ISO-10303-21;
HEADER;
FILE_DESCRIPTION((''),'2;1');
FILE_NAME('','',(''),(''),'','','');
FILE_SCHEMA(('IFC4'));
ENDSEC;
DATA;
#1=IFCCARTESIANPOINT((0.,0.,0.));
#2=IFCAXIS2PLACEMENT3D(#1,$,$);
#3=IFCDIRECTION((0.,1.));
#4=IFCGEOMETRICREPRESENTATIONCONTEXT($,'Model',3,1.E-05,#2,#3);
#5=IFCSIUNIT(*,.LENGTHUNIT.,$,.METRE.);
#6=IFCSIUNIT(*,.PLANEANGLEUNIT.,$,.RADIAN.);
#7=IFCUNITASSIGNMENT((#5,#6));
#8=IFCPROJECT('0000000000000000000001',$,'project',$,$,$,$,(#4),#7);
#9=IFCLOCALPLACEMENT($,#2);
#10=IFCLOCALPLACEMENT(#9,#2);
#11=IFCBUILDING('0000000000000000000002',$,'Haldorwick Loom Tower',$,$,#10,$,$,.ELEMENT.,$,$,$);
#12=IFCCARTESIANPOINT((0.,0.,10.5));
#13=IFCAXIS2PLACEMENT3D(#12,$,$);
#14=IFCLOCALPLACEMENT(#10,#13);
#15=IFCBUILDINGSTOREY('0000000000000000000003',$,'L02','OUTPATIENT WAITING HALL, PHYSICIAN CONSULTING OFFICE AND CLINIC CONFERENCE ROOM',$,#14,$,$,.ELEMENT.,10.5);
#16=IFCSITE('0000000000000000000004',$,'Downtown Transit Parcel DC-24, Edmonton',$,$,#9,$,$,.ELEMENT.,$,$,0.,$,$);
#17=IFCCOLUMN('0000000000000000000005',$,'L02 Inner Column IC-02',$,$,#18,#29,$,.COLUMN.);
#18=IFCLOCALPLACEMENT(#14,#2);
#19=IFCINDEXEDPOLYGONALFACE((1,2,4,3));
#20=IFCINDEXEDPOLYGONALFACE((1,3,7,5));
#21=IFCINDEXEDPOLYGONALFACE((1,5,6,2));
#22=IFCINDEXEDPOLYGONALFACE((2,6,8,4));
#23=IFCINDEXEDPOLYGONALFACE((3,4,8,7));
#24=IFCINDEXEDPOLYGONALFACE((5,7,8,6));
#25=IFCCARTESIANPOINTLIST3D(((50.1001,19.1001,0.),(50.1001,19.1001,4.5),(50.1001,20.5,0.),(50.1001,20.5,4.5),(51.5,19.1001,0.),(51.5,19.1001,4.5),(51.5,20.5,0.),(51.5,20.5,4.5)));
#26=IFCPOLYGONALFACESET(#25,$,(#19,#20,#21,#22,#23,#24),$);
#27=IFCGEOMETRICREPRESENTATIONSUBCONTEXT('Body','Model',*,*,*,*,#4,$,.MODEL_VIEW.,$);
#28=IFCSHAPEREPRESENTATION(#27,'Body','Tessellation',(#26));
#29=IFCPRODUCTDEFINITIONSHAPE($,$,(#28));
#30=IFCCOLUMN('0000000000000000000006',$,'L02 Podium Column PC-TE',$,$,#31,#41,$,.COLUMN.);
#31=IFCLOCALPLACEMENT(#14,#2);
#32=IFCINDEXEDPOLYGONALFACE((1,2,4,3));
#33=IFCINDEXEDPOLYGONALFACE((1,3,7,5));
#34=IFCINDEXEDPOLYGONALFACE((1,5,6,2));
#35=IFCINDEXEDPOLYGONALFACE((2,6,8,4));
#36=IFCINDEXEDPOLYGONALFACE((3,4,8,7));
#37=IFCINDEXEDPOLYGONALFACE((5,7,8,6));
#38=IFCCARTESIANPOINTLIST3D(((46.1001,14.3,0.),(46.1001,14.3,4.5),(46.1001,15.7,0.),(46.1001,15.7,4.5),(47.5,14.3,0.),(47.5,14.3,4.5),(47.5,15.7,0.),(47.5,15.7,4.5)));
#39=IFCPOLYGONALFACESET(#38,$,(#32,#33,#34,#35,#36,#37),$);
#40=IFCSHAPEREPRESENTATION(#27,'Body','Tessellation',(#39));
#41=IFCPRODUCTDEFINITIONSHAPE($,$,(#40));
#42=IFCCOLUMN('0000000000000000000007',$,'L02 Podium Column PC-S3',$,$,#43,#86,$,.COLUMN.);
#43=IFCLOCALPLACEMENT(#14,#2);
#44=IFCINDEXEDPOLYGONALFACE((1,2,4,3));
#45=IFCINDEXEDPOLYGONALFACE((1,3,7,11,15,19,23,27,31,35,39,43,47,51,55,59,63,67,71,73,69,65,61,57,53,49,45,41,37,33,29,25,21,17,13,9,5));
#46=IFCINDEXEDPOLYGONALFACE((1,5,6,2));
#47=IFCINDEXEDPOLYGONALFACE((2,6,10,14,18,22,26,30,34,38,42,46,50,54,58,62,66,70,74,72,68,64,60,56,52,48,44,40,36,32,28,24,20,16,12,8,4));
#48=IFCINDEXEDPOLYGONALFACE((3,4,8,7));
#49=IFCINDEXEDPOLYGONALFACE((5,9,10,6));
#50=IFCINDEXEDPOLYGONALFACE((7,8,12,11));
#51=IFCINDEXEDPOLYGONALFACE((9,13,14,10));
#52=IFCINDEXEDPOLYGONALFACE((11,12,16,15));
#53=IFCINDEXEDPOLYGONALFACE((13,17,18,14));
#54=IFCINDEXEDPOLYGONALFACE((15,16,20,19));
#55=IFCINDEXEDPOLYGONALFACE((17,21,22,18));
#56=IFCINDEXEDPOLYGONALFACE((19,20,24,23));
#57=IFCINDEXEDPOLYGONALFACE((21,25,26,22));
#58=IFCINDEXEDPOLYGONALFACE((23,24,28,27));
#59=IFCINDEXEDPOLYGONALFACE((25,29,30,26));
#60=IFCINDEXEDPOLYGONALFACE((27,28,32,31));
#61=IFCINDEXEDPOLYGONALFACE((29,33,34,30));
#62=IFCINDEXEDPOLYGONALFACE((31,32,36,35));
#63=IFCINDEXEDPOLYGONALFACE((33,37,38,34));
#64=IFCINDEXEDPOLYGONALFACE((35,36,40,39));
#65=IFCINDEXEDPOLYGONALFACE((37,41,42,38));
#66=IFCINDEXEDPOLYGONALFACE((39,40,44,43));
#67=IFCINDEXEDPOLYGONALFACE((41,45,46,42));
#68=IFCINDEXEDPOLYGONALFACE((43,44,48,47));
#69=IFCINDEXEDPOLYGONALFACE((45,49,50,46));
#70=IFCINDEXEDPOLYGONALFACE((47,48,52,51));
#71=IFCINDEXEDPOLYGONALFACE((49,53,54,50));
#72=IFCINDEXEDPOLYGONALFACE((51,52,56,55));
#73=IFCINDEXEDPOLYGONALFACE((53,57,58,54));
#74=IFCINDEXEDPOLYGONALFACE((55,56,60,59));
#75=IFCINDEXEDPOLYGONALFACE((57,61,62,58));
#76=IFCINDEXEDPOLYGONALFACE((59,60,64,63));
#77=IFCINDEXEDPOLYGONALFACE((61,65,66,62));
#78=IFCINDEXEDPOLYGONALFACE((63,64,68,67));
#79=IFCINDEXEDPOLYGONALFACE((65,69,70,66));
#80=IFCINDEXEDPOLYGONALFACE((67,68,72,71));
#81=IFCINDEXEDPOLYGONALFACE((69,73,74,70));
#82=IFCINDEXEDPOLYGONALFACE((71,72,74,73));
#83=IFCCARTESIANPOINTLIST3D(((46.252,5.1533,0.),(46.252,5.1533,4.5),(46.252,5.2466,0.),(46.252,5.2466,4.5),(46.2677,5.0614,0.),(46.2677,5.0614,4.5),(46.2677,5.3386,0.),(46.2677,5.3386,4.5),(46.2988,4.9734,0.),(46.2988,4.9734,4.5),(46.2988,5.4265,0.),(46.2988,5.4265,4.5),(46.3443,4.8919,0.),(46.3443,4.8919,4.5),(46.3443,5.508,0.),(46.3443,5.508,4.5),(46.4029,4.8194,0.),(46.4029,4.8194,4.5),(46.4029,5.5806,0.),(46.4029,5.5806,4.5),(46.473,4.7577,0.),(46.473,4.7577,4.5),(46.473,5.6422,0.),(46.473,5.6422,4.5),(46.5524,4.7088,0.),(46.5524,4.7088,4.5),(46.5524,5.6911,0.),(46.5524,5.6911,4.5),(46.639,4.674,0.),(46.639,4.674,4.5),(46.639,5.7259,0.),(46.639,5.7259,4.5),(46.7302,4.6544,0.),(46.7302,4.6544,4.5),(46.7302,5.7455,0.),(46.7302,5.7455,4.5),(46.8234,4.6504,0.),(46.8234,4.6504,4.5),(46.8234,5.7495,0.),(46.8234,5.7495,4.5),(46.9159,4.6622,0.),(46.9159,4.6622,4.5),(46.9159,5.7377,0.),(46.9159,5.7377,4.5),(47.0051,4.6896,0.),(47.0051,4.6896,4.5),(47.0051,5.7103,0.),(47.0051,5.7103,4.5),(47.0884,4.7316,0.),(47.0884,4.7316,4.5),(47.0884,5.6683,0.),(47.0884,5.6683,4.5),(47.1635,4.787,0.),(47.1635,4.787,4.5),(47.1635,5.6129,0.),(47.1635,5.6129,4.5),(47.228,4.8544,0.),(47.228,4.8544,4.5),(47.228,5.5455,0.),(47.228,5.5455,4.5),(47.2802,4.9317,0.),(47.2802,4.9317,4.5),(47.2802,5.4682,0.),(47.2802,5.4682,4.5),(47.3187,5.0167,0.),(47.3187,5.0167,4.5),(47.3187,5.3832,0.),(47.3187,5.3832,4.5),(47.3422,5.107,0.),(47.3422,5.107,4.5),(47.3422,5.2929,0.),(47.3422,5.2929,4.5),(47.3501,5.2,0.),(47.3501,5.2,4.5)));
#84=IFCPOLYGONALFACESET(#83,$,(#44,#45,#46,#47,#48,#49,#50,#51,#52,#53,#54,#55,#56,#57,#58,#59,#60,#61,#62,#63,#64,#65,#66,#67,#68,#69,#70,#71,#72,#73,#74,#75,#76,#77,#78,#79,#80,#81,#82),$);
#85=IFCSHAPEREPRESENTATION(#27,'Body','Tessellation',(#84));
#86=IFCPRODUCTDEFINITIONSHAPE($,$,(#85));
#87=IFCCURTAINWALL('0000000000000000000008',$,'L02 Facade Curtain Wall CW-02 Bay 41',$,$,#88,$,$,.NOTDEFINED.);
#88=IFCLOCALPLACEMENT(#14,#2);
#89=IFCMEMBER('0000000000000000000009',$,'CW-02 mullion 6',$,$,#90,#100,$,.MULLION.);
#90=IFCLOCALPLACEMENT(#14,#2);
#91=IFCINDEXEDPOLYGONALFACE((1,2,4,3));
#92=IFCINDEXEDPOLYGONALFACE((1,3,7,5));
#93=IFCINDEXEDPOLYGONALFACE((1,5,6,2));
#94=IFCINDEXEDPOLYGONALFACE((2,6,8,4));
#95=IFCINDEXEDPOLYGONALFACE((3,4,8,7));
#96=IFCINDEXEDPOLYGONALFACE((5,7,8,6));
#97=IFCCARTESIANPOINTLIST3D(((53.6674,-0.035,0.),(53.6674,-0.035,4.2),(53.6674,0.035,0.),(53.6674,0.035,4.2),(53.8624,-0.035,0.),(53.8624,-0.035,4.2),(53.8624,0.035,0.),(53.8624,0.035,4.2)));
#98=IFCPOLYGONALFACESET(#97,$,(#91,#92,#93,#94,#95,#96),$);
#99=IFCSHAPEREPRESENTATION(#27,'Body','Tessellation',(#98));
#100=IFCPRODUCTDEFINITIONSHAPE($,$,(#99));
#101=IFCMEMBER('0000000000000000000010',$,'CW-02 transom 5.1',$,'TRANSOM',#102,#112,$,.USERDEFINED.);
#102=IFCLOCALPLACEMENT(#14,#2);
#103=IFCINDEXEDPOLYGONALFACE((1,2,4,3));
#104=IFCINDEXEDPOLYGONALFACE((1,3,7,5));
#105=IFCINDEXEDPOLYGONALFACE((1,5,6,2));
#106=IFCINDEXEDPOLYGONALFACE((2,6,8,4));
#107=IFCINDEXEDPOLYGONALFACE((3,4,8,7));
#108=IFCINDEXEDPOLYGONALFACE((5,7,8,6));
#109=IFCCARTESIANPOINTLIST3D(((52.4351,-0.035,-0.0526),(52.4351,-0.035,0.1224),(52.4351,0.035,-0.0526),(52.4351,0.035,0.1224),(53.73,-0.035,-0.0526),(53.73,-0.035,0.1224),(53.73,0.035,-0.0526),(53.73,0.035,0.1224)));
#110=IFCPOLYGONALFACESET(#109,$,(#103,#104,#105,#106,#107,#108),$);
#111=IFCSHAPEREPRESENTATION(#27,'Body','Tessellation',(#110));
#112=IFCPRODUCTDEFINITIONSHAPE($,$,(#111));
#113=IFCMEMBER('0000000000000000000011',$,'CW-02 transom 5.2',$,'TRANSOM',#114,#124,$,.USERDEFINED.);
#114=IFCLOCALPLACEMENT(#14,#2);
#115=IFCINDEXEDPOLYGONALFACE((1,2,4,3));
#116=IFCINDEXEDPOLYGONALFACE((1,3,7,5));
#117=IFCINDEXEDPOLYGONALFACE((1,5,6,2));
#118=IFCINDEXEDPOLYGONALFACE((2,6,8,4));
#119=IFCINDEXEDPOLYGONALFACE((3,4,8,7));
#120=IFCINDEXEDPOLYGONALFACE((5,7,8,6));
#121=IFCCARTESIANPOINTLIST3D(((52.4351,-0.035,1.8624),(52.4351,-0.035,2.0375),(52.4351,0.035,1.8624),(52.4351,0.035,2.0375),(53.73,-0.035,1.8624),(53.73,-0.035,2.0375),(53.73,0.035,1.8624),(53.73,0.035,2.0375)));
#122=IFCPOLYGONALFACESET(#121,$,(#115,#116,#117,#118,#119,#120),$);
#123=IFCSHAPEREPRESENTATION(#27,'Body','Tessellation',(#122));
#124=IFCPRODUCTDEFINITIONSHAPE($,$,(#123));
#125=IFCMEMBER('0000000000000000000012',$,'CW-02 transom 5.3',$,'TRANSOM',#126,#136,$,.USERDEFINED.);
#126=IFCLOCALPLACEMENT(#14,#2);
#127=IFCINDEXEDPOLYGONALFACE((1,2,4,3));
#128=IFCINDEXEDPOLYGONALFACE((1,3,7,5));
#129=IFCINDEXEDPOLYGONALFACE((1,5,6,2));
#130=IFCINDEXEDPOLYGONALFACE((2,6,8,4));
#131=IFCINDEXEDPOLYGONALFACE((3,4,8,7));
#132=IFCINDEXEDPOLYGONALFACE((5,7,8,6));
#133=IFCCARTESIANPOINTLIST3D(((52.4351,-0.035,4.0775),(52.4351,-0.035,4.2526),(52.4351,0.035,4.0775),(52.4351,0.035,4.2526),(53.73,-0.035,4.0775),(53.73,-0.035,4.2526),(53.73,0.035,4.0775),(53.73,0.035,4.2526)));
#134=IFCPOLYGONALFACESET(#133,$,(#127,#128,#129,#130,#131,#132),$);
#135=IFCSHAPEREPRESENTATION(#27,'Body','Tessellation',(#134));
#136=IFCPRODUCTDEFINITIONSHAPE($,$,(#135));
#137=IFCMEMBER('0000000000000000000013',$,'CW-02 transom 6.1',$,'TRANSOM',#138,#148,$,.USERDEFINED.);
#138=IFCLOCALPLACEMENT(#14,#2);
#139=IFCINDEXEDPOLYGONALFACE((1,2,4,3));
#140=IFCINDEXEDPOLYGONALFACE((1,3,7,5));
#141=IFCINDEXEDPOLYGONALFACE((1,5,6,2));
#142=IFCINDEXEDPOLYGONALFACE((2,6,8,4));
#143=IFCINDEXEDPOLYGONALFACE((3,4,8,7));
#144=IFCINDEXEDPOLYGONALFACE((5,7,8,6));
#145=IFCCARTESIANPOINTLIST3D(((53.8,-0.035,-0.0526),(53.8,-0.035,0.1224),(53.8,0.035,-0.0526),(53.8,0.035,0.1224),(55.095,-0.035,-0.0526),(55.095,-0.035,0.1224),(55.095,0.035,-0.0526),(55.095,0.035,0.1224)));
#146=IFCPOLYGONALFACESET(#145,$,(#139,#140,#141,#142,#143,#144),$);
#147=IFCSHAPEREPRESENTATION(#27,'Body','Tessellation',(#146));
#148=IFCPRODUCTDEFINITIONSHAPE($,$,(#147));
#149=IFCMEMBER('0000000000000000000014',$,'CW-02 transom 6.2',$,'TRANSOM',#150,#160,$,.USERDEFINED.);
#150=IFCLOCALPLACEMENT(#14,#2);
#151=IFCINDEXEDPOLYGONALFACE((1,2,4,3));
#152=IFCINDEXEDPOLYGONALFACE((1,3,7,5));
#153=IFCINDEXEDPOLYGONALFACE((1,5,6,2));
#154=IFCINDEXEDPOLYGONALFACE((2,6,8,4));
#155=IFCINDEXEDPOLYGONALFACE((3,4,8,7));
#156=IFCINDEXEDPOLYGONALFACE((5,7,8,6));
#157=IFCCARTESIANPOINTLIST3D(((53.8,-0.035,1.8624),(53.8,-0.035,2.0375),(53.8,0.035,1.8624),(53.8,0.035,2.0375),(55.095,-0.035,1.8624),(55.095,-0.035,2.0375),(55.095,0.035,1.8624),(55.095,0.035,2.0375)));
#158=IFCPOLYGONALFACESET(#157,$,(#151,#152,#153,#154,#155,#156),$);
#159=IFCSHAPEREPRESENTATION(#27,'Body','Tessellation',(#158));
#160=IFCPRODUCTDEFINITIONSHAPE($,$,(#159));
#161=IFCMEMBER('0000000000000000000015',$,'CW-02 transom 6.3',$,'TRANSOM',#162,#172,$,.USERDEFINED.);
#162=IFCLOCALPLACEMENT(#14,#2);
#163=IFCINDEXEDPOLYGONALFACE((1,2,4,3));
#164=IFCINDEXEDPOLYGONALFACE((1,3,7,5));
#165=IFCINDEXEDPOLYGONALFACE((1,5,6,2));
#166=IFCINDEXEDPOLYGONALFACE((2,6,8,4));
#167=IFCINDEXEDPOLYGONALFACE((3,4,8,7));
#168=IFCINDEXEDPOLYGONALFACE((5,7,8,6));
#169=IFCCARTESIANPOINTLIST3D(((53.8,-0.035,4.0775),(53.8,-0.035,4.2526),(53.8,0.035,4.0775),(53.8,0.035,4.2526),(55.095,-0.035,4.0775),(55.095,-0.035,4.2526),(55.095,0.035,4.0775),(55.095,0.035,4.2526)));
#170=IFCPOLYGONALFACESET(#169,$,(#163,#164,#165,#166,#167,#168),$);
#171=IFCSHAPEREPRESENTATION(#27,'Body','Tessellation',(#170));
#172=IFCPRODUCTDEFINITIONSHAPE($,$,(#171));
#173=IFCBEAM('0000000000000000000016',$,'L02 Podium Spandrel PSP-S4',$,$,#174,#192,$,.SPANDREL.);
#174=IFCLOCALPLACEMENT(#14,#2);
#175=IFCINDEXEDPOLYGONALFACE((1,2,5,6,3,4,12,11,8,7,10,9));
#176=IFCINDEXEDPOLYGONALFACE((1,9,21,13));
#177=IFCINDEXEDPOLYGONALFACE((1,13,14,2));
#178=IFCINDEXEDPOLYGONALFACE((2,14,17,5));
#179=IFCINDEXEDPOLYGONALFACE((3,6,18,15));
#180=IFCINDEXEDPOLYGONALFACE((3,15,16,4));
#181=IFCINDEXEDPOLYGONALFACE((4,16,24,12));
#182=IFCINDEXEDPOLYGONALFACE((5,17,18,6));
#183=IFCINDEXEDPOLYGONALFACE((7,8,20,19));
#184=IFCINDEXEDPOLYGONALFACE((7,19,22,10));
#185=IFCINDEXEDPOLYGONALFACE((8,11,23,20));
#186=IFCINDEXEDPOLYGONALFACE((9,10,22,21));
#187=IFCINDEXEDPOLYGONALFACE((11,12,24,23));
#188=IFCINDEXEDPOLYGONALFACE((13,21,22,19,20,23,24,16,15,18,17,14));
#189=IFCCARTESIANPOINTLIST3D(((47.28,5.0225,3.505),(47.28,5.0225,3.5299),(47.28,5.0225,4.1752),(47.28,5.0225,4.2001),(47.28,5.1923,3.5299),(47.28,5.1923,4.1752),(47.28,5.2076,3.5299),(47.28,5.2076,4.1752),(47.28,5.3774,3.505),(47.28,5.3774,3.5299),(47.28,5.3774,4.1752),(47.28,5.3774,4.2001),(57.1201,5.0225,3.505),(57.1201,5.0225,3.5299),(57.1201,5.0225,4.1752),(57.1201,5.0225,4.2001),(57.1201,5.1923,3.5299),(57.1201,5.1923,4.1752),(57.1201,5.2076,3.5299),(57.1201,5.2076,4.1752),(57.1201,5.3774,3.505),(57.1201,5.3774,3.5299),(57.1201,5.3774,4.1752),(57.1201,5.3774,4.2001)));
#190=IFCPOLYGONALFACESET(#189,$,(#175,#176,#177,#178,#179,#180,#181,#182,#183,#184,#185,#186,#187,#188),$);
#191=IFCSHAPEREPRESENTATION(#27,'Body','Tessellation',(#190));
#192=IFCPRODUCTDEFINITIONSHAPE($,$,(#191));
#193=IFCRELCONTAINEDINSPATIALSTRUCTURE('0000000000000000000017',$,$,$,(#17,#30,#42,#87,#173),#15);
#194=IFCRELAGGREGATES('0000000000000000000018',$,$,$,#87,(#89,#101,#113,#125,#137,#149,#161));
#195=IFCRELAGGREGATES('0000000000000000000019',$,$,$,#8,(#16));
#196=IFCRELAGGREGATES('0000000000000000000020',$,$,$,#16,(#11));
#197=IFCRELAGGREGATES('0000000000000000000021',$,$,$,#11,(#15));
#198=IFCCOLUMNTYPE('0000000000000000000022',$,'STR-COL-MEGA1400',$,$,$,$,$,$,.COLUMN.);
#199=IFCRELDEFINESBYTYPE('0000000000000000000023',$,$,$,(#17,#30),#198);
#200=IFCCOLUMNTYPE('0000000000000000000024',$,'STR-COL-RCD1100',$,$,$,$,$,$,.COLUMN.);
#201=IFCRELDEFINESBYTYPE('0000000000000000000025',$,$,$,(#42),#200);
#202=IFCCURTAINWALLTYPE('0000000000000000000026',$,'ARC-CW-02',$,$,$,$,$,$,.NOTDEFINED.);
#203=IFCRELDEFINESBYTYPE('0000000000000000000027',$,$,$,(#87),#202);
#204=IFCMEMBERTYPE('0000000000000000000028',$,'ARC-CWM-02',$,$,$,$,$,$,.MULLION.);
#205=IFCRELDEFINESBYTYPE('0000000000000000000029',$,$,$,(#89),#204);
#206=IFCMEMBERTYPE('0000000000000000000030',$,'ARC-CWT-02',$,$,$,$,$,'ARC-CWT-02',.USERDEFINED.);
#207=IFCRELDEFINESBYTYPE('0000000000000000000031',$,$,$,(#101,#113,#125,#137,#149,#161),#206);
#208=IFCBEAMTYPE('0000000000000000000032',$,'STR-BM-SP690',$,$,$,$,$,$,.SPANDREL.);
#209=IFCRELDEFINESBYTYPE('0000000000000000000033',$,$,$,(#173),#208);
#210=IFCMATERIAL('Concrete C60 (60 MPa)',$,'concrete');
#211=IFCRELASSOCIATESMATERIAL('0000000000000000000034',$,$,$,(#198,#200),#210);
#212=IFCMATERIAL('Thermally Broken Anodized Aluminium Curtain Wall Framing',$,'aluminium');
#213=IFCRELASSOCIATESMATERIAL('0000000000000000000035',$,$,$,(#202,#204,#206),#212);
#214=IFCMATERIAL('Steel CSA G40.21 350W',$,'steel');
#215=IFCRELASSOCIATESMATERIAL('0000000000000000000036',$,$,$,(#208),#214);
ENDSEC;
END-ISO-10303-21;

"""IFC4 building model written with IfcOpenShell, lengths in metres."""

from ifc_helpers import new_model, si_unit, direction, frame, origin, origin_2d, place, context, subcontext, project, spatial, rectangle, circle, i_section, extrude, material, material_profile, profile_set, type_object, element, aggregate, save


model = new_model("IFC4")

# Units and contexts
model_context = context("Model", 3, precision=1e-05, world=origin(), true_north=direction((0.0, 1.0)))
body_context = subcontext(model_context, "Body", "Model", "MODEL_VIEW")
ifc_project = project(units=[si_unit("LENGTHUNIT", "METRE"), si_unit("PLANEANGLEUNIT", "RADIAN")], contexts=[model_context])

# Site, building, storey
site_placement = place(None, origin())
site = spatial("IfcSite", under=ifc_project, at=site_placement, Name="Downtown Transit Parcel DC-24, Edmonton", CompositionType="ELEMENT", RefElevation=0.0)
building_placement = place(site_placement, origin())
building = spatial("IfcBuilding", under=site, at=building_placement, Name="Haldorwick Loom Tower", CompositionType="ELEMENT")
storey_placement = place(building_placement, frame((0.0, 0.0, 10.5)))
storey = spatial("IfcBuildingStorey", under=building, at=storey_placement, Name="L02", Description="OUTPATIENT WAITING HALL, PHYSICIAN CONSULTING OFFICE AND CLINIC CONFERENCE ROOM", CompositionType="ELEMENT", Elevation=10.5)

# Columns
ifc_material_1 = material(Name="Concrete C60 (60 MPa)", Category="concrete")
ifc_material_profile_1 = material_profile(ifc_material_1, rectangle(XDim=1.3999, YDim=1.3999, at=origin_2d()), Name="RC1400X1400", Category="concrete")
ifc_profile_set_1 = profile_set([ifc_material_profile_1], Name="Concrete C60 (60 MPa)")
column_type_1 = type_object("IfcColumnType", Name="STR-COL-MEGA1400", PredefinedType="COLUMN", material=ifc_profile_set_1)
for number, where, z_axis, x_axis, name in (
    (1, (50.8, 19.8, 0.0), (0.0, 0.0, 1.0), (1.0, 0.0, 0.0), "L02 Inner Column IC-02"),
    (2, (46.8, 15.0, 0.0), (0.0, 0.0, 1.0), (1.0, 0.0, 0.0), "L02 Podium Column PC-TE"),
):
    element("IfcColumn", number, at=place(storey_placement, frame(where, z_axis=z_axis, x_axis=x_axis)), inside=storey, type_object=column_type_1, Name=name, PredefinedType="COLUMN", context=body_context, shape_type="SweptSolid", body=[
        extrude(rectangle(XDim=1.3999, YDim=1.3999, at=origin_2d()), origin(), (0.0, 0.0, 1.0), 4.5),
    ])
ifc_material_profile_2 = material_profile(ifc_material_1, circle(Radius=0.55, at=origin_2d()), Name="RCD1100", Category="concrete")
ifc_profile_set_2 = profile_set([ifc_material_profile_2], Name="Concrete C60 (60 MPa)")
column_type_2 = type_object("IfcColumnType", Name="STR-COL-RCD1100", PredefinedType="COLUMN", material=ifc_profile_set_2)
column_placement = place(storey_placement, frame((46.8, 5.2, 0.0), z_axis=(0.0, 0.0, 1.0), x_axis=(1.0, 0.0, 0.0)))
element("IfcColumn", 3, at=column_placement, inside=storey, type_object=column_type_2, Name="L02 Podium Column PC-S3", PredefinedType="COLUMN", context=body_context, shape_type="SweptSolid", body=[
    extrude(circle(Radius=0.55, at=origin_2d()), origin(), (0.0, 0.0, 1.0), 4.5),
])

# Curtain wall, members
ifc_material_2 = material(Name="Thermally Broken Anodized Aluminium Curtain Wall Framing", Category="aluminium")
curtain_wall_type = type_object("IfcCurtainWallType", Name="ARC-CW-02", PredefinedType="NOTDEFINED", material=ifc_material_2)
curtain_wall_placement = place(storey_placement, origin())
curtain_wall = element("IfcCurtainWall", 4, at=curtain_wall_placement, inside=storey, type_object=curtain_wall_type, Name="L02 Facade Curtain Wall CW-02 Bay 41", PredefinedType="NOTDEFINED")
ifc_material_profile_3 = material_profile(ifc_material_2, rectangle(XDim=0.0701, YDim=0.1951, at=origin_2d()), Name="ALU_MUL_70X195", Category="aluminium")
ifc_profile_set_3 = profile_set([ifc_material_profile_3], Name="Thermally Broken Anodized Aluminium Curtain Wall Framing")
member_type_1 = type_object("IfcMemberType", Name="ARC-CWM-02", PredefinedType="MULLION", material=ifc_profile_set_3)
member_1_placement = place(storey_placement, frame((53.7649, 0.0, 0.0), z_axis=(0.0, 0.0, 1.0), x_axis=(0.0, 1.0, 0.0)))
member_1 = element("IfcMember", 5, at=member_1_placement, type_object=member_type_1, Name="CW-02 mullion 6", PredefinedType="MULLION", context=body_context, shape_type="SweptSolid", body=[
    extrude(rectangle(XDim=0.0701, YDim=0.1951, at=origin_2d()), origin(), (0.0, 0.0, 1.0), 4.2),
])
ifc_material_profile_4 = material_profile(ifc_material_2, rectangle(XDim=0.0701, YDim=0.175, at=origin_2d()), Name="ALU_TRN_70X175", Category="aluminium")
ifc_profile_set_4 = profile_set([ifc_material_profile_4], Name="Thermally Broken Anodized Aluminium Curtain Wall Framing")
member_type_2 = type_object("IfcMemberType", Name="ARC-CWT-02", ElementType="ARC-CWT-02", PredefinedType="USERDEFINED", material=ifc_profile_set_4)
member_2_placement = place(storey_placement, frame((52.4351, 0.0, 0.0349), z_axis=(1.0, 0.0, 0.0), x_axis=(0.0, 1.0, 0.0)))
member_2 = element("IfcMember", 6, at=member_2_placement, type_object=member_type_2, Name="CW-02 transom 5.1", ObjectType="TRANSOM", PredefinedType="USERDEFINED", context=body_context, shape_type="SweptSolid", body=[
    extrude(rectangle(XDim=0.0701, YDim=0.175, at=origin_2d()), origin(), (0.0, 0.0, 1.0), 1.2949),
])
member_3_placement = place(storey_placement, frame((52.4351, 0.0, 1.95), z_axis=(1.0, 0.0, 0.0), x_axis=(0.0, 1.0, 0.0)))
member_3 = element("IfcMember", 7, at=member_3_placement, type_object=member_type_2, Name="CW-02 transom 5.2", ObjectType="TRANSOM", PredefinedType="USERDEFINED", context=body_context, shape_type="SweptSolid", body=[
    extrude(rectangle(XDim=0.0701, YDim=0.175, at=origin_2d()), origin(), (0.0, 0.0, 1.0), 1.2949),
])
member_4_placement = place(storey_placement, frame((52.4351, 0.0, 4.165), z_axis=(1.0, 0.0, 0.0), x_axis=(0.0, 1.0, 0.0)))
member_4 = element("IfcMember", 8, at=member_4_placement, type_object=member_type_2, Name="CW-02 transom 5.3", ObjectType="TRANSOM", PredefinedType="USERDEFINED", context=body_context, shape_type="SweptSolid", body=[
    extrude(rectangle(XDim=0.0701, YDim=0.175, at=origin_2d()), origin(), (0.0, 0.0, 1.0), 1.2949),
])
member_5_placement = place(storey_placement, frame((53.8, 0.0, 0.0349), z_axis=(1.0, 0.0, 0.0), x_axis=(0.0, 1.0, 0.0)))
member_5 = element("IfcMember", 9, at=member_5_placement, type_object=member_type_2, Name="CW-02 transom 6.1", ObjectType="TRANSOM", PredefinedType="USERDEFINED", context=body_context, shape_type="SweptSolid", body=[
    extrude(rectangle(XDim=0.0701, YDim=0.175, at=origin_2d()), origin(), (0.0, 0.0, 1.0), 1.2949),
])
member_6_placement = place(storey_placement, frame((53.8, 0.0, 1.95), z_axis=(1.0, 0.0, 0.0), x_axis=(0.0, 1.0, 0.0)))
member_6 = element("IfcMember", 10, at=member_6_placement, type_object=member_type_2, Name="CW-02 transom 6.2", ObjectType="TRANSOM", PredefinedType="USERDEFINED", context=body_context, shape_type="SweptSolid", body=[
    extrude(rectangle(XDim=0.0701, YDim=0.175, at=origin_2d()), origin(), (0.0, 0.0, 1.0), 1.2949),
])
member_7_placement = place(storey_placement, frame((53.8, 0.0, 4.165), z_axis=(1.0, 0.0, 0.0), x_axis=(0.0, 1.0, 0.0)))
member_7 = element("IfcMember", 11, at=member_7_placement, type_object=member_type_2, Name="CW-02 transom 6.3", ObjectType="TRANSOM", PredefinedType="USERDEFINED", context=body_context, shape_type="SweptSolid", body=[
    extrude(rectangle(XDim=0.0701, YDim=0.175, at=origin_2d()), origin(), (0.0, 0.0, 1.0), 1.2949),
])

# Beam
ifc_material_3 = material(Name="Steel CSA G40.21 350W", Category="steel")
ifc_material_profile_5 = material_profile(ifc_material_3, i_section(OverallWidth=0.355, OverallDepth=0.6951, WebThickness=0.0154, FlangeThickness=0.0249, at=origin_2d()), Name="W690X217", Category="steel")
ifc_profile_set_5 = profile_set([ifc_material_profile_5], Name="Steel CSA G40.21 350W")
beam_type_1 = type_object("IfcBeamType", Name="STR-BM-SP690", PredefinedType="SPANDREL", material=ifc_profile_set_5)
beam_1_placement = place(storey_placement, frame((47.28, 5.2, 3.8525), z_axis=(1.0, 0.0, 0.0), x_axis=(0.0, 1.0, 0.0)))
element("IfcBeam", 12, at=beam_1_placement, inside=storey, type_object=beam_type_1, Name="L02 Podium Spandrel PSP-S4", PredefinedType="SPANDREL", context=body_context, shape_type="SweptSolid", body=[
    extrude(i_section(OverallWidth=0.355, OverallDepth=0.6951, WebThickness=0.0154, FlangeThickness=0.0249, at=origin_2d()), origin(), (0.0, 0.0, 1.0), 9.8401),
])

aggregate(curtain_wall, [member_1, member_2, member_3, member_4, member_5, member_6, member_7])

save(model, "model.ifc")
